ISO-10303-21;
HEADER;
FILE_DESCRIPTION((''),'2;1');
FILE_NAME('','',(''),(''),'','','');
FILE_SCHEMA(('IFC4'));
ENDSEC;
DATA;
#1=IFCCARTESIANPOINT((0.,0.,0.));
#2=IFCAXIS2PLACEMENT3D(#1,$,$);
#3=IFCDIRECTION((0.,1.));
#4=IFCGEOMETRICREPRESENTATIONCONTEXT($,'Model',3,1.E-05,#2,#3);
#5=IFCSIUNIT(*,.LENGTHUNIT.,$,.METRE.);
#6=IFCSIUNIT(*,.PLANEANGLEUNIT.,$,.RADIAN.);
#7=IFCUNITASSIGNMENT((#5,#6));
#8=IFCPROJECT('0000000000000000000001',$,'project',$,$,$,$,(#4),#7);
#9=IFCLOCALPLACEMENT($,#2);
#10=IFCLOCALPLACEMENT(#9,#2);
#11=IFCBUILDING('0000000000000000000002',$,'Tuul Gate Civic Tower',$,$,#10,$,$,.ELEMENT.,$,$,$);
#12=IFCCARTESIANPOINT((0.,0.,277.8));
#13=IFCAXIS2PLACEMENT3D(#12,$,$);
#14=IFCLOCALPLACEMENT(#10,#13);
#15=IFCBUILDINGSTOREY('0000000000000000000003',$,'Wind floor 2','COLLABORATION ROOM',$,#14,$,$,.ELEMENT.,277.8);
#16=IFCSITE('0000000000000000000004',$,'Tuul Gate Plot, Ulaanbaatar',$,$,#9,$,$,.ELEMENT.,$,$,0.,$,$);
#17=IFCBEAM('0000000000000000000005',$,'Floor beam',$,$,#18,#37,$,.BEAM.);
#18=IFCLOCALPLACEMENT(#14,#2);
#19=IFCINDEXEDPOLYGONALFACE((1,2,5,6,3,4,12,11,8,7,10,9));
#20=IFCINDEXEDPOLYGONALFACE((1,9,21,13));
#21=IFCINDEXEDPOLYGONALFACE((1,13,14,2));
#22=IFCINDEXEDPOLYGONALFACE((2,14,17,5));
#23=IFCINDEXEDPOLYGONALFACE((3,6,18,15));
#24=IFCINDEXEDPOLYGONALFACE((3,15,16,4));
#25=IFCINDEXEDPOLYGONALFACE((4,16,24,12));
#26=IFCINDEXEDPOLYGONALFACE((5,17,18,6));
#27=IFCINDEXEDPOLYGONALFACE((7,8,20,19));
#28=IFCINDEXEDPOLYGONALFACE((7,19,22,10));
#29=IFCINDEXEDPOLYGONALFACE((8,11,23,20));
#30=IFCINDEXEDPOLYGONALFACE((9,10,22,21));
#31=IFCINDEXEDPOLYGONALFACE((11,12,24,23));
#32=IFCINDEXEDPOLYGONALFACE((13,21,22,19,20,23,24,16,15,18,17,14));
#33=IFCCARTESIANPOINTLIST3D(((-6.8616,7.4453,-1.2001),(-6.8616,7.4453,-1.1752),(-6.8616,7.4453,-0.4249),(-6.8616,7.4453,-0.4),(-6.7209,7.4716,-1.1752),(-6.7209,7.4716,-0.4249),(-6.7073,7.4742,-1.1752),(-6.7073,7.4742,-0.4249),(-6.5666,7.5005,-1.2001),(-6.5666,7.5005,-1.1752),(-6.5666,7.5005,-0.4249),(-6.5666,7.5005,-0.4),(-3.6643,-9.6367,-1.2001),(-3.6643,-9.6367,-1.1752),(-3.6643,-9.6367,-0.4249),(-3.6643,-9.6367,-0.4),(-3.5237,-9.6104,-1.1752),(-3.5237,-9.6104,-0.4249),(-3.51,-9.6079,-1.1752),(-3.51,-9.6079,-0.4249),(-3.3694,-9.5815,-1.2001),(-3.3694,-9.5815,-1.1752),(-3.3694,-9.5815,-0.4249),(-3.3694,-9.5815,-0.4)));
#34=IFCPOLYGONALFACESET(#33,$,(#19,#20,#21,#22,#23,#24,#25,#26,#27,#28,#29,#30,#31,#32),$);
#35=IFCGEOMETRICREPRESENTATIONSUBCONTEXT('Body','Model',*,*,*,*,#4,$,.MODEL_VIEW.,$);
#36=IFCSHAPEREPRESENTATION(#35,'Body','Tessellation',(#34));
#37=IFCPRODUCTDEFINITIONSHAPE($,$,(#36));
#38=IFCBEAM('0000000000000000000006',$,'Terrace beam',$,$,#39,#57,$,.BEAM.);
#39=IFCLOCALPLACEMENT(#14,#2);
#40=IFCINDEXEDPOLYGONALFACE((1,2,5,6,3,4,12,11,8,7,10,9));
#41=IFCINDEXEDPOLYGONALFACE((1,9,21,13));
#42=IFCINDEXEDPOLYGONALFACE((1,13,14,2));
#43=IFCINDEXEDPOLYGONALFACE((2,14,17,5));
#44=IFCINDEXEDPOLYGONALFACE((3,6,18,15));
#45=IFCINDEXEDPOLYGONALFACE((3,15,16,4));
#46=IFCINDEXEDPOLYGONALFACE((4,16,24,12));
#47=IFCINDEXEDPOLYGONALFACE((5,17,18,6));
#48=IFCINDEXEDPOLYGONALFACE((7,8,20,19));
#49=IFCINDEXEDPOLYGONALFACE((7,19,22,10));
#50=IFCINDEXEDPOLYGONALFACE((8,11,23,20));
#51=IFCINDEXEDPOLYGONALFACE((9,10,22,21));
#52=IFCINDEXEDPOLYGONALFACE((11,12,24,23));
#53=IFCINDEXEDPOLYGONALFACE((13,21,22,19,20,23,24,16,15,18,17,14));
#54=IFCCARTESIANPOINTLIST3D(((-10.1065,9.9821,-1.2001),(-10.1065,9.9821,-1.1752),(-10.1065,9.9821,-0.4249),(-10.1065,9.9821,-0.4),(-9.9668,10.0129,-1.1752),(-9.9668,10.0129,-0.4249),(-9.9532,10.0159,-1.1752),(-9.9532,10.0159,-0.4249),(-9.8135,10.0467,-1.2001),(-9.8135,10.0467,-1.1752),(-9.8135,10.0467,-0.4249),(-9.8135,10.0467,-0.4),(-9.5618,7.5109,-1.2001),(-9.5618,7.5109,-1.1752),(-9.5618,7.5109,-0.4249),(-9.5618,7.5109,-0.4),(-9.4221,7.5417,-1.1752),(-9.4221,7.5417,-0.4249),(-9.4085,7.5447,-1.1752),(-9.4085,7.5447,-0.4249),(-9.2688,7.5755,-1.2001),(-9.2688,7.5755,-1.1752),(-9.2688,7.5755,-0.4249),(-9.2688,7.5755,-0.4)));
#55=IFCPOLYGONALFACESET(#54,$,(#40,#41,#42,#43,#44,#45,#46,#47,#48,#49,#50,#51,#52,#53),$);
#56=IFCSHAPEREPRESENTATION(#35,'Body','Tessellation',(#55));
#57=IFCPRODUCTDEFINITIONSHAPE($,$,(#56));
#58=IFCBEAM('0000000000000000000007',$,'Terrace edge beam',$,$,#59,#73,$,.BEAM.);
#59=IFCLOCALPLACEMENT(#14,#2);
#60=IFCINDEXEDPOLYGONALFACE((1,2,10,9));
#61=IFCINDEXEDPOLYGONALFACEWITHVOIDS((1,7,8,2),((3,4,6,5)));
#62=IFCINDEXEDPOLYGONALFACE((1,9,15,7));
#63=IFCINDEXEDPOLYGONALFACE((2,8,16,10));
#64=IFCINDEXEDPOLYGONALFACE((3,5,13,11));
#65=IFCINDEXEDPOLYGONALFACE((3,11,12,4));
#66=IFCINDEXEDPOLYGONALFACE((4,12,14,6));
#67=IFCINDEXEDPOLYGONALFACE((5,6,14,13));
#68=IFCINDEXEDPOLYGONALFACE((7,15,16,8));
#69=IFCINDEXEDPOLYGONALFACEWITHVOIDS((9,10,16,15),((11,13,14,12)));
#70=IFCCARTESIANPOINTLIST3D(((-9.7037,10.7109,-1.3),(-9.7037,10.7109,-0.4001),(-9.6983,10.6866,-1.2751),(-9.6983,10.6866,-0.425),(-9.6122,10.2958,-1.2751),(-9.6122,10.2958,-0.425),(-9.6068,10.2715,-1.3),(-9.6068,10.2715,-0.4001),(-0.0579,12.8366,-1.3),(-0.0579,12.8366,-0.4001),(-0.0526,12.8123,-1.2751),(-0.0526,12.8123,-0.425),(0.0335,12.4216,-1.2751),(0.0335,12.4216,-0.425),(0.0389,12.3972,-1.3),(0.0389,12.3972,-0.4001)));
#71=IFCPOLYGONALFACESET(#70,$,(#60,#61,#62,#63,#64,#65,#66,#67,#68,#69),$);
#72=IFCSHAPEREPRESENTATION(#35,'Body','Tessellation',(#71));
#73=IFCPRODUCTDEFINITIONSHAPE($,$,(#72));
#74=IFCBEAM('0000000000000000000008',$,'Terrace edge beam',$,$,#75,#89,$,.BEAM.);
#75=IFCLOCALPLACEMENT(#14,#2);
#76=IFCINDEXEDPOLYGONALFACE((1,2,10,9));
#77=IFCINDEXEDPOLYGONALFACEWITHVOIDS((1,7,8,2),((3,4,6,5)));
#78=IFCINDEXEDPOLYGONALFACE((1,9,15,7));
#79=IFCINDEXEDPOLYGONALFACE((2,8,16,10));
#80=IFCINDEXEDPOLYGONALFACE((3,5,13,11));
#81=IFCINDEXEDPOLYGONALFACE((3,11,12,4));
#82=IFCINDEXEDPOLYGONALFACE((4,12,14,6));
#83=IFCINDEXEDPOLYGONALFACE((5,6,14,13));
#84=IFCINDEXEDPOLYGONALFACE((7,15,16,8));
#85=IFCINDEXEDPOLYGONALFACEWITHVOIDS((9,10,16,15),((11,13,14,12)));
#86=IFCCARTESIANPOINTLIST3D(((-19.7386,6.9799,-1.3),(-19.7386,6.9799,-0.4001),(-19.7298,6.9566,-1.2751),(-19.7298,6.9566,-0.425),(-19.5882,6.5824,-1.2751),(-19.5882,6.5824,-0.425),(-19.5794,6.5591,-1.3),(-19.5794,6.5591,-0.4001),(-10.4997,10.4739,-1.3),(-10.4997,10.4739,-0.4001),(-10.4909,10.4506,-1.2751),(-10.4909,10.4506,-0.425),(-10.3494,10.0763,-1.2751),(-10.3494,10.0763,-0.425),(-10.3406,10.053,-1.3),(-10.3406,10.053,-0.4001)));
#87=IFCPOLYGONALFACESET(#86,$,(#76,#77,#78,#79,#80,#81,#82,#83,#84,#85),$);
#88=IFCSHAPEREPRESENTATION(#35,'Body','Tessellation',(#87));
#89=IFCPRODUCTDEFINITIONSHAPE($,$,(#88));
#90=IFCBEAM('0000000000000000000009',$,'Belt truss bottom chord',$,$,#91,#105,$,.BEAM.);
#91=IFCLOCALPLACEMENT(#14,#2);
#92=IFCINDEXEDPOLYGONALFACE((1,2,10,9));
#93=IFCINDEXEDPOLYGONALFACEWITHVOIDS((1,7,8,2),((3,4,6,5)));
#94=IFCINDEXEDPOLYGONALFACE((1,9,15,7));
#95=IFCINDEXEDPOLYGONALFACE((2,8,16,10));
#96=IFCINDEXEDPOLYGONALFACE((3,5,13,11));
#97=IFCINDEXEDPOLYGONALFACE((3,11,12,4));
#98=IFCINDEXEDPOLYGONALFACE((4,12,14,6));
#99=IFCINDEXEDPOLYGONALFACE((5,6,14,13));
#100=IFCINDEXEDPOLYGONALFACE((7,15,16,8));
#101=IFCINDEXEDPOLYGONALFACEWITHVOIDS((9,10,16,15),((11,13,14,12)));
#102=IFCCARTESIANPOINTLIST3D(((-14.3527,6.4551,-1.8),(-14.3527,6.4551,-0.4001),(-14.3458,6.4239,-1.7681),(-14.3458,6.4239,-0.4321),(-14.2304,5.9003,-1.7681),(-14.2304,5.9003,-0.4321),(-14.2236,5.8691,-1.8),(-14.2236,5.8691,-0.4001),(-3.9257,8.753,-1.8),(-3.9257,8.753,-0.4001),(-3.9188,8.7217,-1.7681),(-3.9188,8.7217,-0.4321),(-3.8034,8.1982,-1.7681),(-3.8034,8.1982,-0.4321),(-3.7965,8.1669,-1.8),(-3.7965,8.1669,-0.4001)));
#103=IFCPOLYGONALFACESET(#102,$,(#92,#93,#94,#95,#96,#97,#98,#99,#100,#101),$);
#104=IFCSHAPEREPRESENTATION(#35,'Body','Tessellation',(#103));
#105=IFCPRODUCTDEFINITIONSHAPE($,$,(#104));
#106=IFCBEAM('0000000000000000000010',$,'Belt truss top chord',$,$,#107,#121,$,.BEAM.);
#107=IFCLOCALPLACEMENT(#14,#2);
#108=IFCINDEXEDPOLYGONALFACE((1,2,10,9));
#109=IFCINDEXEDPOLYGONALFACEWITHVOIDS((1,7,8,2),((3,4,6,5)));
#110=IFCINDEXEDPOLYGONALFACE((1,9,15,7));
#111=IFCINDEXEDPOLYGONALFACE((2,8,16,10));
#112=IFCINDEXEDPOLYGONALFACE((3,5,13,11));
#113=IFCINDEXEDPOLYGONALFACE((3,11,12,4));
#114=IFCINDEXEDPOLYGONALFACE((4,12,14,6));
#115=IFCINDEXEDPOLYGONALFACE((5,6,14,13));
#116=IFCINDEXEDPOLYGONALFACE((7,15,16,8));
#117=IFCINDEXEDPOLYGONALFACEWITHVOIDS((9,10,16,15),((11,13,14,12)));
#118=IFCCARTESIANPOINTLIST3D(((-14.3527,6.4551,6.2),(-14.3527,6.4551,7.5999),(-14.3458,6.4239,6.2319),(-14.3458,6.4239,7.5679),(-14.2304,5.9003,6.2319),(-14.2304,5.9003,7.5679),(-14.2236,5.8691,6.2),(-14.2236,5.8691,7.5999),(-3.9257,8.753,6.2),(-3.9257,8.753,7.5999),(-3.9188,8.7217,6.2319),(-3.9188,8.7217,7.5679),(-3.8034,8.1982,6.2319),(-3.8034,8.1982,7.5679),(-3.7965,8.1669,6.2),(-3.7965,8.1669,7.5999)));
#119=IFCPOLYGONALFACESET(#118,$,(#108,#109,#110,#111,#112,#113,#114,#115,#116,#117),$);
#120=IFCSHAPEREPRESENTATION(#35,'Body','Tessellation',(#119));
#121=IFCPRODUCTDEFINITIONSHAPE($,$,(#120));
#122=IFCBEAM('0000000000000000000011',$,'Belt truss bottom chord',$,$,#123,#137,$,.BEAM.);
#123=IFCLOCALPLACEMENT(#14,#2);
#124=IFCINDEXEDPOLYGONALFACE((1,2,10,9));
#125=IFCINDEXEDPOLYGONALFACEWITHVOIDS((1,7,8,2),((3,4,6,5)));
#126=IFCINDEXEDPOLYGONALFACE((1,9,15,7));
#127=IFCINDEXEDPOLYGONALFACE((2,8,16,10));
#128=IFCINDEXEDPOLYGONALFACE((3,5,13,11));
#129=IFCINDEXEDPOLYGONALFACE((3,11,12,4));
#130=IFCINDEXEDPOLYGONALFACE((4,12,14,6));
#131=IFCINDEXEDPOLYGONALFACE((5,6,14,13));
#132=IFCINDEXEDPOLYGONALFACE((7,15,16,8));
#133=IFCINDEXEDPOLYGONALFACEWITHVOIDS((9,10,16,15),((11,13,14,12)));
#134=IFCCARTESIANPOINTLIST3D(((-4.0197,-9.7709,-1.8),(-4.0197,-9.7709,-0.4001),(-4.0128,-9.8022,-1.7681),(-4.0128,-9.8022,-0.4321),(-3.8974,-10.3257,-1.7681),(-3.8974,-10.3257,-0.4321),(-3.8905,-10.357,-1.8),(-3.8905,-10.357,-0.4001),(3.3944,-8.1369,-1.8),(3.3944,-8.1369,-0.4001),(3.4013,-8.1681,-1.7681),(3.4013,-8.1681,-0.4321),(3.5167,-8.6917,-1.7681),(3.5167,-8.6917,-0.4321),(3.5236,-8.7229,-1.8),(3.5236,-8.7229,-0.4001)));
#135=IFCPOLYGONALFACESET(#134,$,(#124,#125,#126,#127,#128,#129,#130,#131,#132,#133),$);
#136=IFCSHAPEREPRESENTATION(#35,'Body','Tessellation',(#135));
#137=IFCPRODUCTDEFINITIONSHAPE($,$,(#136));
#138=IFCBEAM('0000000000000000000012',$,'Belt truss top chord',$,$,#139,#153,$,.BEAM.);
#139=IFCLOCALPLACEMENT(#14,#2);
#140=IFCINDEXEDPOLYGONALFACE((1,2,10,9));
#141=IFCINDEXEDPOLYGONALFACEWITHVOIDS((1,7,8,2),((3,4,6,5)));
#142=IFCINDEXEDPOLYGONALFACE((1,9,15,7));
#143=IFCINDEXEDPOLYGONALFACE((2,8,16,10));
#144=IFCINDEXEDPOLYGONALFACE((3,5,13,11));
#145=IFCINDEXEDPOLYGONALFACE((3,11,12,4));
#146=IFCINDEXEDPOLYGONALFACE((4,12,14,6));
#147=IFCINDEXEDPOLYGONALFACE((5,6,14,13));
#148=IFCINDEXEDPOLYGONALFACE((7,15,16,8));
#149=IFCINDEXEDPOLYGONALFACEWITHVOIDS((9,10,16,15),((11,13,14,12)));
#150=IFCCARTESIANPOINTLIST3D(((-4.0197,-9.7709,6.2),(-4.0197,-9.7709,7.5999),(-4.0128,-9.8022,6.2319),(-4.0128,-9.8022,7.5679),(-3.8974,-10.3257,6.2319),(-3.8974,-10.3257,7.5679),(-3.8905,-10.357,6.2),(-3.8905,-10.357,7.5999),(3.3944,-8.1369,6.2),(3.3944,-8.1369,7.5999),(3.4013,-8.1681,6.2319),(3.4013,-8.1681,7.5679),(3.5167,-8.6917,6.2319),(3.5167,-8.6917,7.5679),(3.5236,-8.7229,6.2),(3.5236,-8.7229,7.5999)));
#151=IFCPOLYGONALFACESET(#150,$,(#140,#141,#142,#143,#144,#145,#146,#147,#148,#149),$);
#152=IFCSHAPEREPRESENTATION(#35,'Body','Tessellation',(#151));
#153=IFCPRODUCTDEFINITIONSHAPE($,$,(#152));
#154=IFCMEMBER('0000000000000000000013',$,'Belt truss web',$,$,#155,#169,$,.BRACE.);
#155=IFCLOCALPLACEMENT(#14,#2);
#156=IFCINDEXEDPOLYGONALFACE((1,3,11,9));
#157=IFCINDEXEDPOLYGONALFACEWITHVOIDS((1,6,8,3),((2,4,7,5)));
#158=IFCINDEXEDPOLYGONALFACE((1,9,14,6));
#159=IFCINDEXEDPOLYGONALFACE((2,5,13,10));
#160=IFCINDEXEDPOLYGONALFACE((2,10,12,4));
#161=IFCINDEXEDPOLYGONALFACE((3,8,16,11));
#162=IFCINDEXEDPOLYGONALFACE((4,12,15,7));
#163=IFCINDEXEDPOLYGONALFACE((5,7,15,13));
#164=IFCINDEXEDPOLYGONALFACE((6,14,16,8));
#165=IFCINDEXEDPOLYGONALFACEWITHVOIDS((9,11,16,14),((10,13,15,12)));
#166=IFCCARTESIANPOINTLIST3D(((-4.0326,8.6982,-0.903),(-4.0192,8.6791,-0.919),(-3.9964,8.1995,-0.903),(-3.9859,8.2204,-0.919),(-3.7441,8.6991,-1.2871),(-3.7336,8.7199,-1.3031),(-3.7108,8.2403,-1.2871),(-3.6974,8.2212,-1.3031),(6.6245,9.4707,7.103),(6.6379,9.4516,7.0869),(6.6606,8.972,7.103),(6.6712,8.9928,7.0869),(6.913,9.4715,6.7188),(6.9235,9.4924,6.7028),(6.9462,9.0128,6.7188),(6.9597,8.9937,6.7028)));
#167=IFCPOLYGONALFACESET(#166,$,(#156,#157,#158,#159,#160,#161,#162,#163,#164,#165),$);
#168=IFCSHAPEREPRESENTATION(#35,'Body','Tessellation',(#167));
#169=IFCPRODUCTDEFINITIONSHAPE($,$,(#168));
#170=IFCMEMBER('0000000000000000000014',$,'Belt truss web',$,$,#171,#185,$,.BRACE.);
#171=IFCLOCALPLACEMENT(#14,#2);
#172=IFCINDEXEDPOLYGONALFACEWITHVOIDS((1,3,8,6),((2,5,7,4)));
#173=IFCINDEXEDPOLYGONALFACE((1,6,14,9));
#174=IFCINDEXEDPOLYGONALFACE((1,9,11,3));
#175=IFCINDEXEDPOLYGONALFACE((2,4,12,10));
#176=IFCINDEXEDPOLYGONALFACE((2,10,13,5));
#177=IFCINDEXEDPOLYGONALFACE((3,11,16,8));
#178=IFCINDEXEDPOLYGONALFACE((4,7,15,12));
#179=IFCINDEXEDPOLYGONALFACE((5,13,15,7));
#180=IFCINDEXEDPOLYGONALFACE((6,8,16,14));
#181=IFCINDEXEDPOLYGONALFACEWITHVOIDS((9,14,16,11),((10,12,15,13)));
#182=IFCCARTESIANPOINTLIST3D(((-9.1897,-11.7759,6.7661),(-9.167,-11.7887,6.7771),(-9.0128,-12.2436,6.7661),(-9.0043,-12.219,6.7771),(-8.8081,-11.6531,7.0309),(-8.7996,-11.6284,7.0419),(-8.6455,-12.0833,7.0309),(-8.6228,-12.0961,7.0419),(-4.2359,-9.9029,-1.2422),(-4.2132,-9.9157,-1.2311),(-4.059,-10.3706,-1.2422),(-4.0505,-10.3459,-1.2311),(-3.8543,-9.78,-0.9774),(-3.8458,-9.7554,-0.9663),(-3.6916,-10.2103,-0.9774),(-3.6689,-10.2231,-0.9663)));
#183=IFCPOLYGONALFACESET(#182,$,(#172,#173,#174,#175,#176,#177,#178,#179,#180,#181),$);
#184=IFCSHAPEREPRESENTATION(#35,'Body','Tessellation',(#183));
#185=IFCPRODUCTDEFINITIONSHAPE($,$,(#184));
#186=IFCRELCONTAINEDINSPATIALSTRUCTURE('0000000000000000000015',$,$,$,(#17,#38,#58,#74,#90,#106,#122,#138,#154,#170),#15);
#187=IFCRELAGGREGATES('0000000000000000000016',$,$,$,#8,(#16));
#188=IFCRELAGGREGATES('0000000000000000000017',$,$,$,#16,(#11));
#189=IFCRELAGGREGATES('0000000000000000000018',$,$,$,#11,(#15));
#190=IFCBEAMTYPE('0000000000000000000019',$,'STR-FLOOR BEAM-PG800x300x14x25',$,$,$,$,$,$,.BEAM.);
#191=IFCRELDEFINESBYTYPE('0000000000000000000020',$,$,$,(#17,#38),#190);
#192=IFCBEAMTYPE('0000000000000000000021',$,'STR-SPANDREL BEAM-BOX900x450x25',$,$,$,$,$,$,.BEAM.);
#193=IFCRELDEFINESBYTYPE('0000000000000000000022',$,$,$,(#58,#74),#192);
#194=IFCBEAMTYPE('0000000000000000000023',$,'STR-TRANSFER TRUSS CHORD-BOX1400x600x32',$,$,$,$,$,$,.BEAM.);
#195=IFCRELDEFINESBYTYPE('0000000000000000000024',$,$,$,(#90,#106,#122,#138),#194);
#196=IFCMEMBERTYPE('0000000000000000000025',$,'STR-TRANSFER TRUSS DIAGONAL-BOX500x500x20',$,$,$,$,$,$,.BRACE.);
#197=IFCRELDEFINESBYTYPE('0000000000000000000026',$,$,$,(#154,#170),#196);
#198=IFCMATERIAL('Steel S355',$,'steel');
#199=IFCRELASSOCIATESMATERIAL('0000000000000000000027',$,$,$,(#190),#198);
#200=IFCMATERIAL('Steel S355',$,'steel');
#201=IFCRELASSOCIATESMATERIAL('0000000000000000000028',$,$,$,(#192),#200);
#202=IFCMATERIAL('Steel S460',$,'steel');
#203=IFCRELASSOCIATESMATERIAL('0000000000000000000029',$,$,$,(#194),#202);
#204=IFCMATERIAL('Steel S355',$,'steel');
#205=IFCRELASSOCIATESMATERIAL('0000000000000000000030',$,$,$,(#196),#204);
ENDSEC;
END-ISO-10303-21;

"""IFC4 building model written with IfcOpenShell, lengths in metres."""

from ifc_helpers import new_model, si_unit, direction, frame, origin, origin_2d, place, context, subcontext, project, spatial, hollow_rectangle, i_section, extrude, material, material_profile, profile_set, type_object, element, save


model = new_model("IFC4")

# Units and contexts
model_context = context("Model", 3, precision=1e-05, world=origin(), true_north=direction((0.0, 1.0)))
body_context = subcontext(model_context, "Body", "Model", "MODEL_VIEW")
ifc_project = project(units=[si_unit("LENGTHUNIT", "METRE"), si_unit("PLANEANGLEUNIT", "RADIAN")], contexts=[model_context])

# Site, building, storey
site_placement = place(None, origin())
site = spatial("IfcSite", under=ifc_project, at=site_placement, Name="Tuul Gate Plot, Ulaanbaatar", CompositionType="ELEMENT", RefElevation=0.0)
building_placement = place(site_placement, origin())
building = spatial("IfcBuilding", under=site, at=building_placement, Name="Tuul Gate Civic Tower", CompositionType="ELEMENT")
storey_placement = place(building_placement, frame((0.0, 0.0, 277.8)))
storey = spatial("IfcBuildingStorey", under=building, at=storey_placement, Name="Wind floor 2", Description="COLLABORATION ROOM", CompositionType="ELEMENT", Elevation=277.8)

# Beams
ifc_material_1 = material(Name="Steel S355", Category="steel")
ifc_material_profile_1 = material_profile(ifc_material_1, i_section(OverallWidth=0.3, OverallDepth=0.8, WebThickness=0.0139, FlangeThickness=0.0249, at=origin_2d()), Name="PG800x300x14x25")
ifc_profile_set_1 = profile_set([ifc_material_profile_1], Name="Steel S355")
beam_type_1 = type_object("IfcBeamType", Name="STR-FLOOR BEAM-PG800x300x14x25", PredefinedType="BEAM", material=ifc_profile_set_1)
beam_1_placement = place(storey_placement, frame((-3.5168, -9.6091, -0.8), z_axis=(-0.183976, 0.982931, 0.0), x_axis=(-0.982931, -0.183976, 0.0)))
element("IfcBeam", 1, at=beam_1_placement, inside=storey, type_object=beam_type_1, Name="Floor beam", PredefinedType="BEAM", context=body_context, shape_type="SweptSolid", body=[
    extrude(i_section(OverallWidth=0.3, OverallDepth=0.8, WebThickness=0.0139, FlangeThickness=0.0249, at=origin_2d()), origin(), (0.0, 0.0, 1.0), 17.3787),
])
beam_2_placement = place(storey_placement, frame((-9.96, 10.0144, -0.8), z_axis=(0.215245, -0.97656, 0.0), x_axis=(0.97656, 0.215245, 0.0)))
element("IfcBeam", 2, at=beam_2_placement, inside=storey, type_object=beam_type_1, Name="Terrace beam", PredefinedType="BEAM", context=body_context, shape_type="SweptSolid", body=[
    extrude(i_section(OverallWidth=0.3, OverallDepth=0.8, WebThickness=0.0139, FlangeThickness=0.0249, at=origin_2d()), origin(), (0.0, 0.0, 1.0), 2.5305),
])
ifc_material_2 = material(Name="Steel S355", Category="steel")
ifc_material_profile_2 = material_profile(ifc_material_2, hollow_rectangle(XDim=0.45, YDim=0.8999, WallThickness=0.0249, at=origin_2d()), Name="BOX900x450x25")
ifc_profile_set_2 = profile_set([ifc_material_profile_2], Name="Steel S355")
beam_type_2 = type_object("IfcBeamType", Name="STR-SPANDREL BEAM-BOX900x450x25", PredefinedType="BEAM", material=ifc_profile_set_2)
beam_3_placement = place(storey_placement, frame((-0.0095, 12.6169, -0.8501), z_axis=(-0.976566, -0.215216, 0.0), x_axis=(0.215216, -0.976566, 0.0)))
element("IfcBeam", 3, at=beam_3_placement, inside=storey, type_object=beam_type_2, Name="Terrace edge beam", PredefinedType="BEAM", context=body_context, shape_type="SweptSolid", body=[
    extrude(hollow_rectangle(XDim=0.45, YDim=0.8999, WallThickness=0.0249, at=origin_2d()), origin(), (0.0, 0.0, 1.0), 9.8772),
])
beam_4_placement = place(storey_placement, frame((-10.4202, 10.2634, -0.8501), z_axis=(-0.935348, -0.353728, 0.0), x_axis=(0.353728, -0.935348, 0.0)))
element("IfcBeam", 4, at=beam_4_placement, inside=storey, type_object=beam_type_2, Name="Terrace edge beam", PredefinedType="BEAM", context=body_context, shape_type="SweptSolid", body=[
    extrude(hollow_rectangle(XDim=0.45, YDim=0.8999, WallThickness=0.0249, at=origin_2d()), origin(), (0.0, 0.0, 1.0), 9.8774),
])
ifc_material_3 = material(Name="Steel S460", Category="steel")
ifc_material_profile_3 = material_profile(ifc_material_3, hollow_rectangle(XDim=0.6001, YDim=1.3999, WallThickness=0.032, at=origin_2d()), Name="BOX1400x600x32")
ifc_profile_set_3 = profile_set([ifc_material_profile_3], Name="Steel S460")
beam_type_3 = type_object("IfcBeamType", Name="STR-TRANSFER TRUSS CHORD-BOX1400x600x32", PredefinedType="BEAM", material=ifc_profile_set_3)
for number, where, z_axis, x_axis, name in (
    (5, (-3.8611, 8.46, -1.1001), (-0.976568, -0.215211, 0.0), (0.215211, -0.976568, 0.0), "Belt truss bottom chord"),
    (6, (-3.8611, 8.46, 6.8999), (-0.976568, -0.215211, 0.0), (0.215211, -0.976568, 0.0), "Belt truss top chord"),
):
    element("IfcBeam", number, at=place(storey_placement, frame(where, z_axis=z_axis, x_axis=x_axis)), inside=storey, type_object=beam_type_3, Name=name, PredefinedType="BEAM", context=body_context, shape_type="SweptSolid", body=[
        extrude(hollow_rectangle(XDim=0.6001, YDim=1.3999, WallThickness=0.032, at=origin_2d()), origin(), (0.0, 0.0, 1.0), 10.6772),
    ])
for number, where, z_axis, x_axis, name in (
    (7, (-3.9551, -10.064, -1.1001), (0.976563, 0.215231, 0.0), (-0.215231, 0.976563, 0.0), "Belt truss bottom chord"),
    (8, (-3.9551, -10.064, 6.8999), (0.976563, 0.215231, 0.0), (-0.215231, 0.976563, 0.0), "Belt truss top chord"),
):
    element("IfcBeam", number, at=place(storey_placement, frame(where, z_axis=z_axis, x_axis=x_axis)), inside=storey, type_object=beam_type_3, Name=name, PredefinedType="BEAM", context=body_context, shape_type="SweptSolid", body=[
        extrude(hollow_rectangle(XDim=0.6001, YDim=1.3999, WallThickness=0.032, at=origin_2d()), origin(), (0.0, 0.0, 1.0), 7.592),
    ])

# Members
ifc_material_4 = material(Name="Steel S355", Category="steel")
ifc_material_profile_4 = material_profile(ifc_material_4, hollow_rectangle(XDim=0.5, YDim=0.5, WallThickness=0.02, at=origin_2d()), Name="BOX500x500x20")
ifc_profile_set_4 = profile_set([ifc_material_profile_4], Name="Steel S355")
member_type_1 = type_object("IfcMemberType", Name="STR-TRANSFER TRUSS DIAGONAL-BOX500x500x20", PredefinedType="BRACE", material=ifc_profile_set_4)
member_1_placement = place(storey_placement, frame((-3.865, 8.4597, -1.103), z_axis=(0.798188, 0.057856, 0.599624), x_axis=(-0.072294, 0.997383, 0.0)))
element("IfcMember", 9, at=member_1_placement, inside=storey, type_object=member_type_1, Name="Belt truss web", PredefinedType="BRACE", context=body_context, shape_type="SweptSolid", body=[
    extrude(hollow_rectangle(XDim=0.5, YDim=0.5, WallThickness=0.02, at=origin_2d()), origin(), (0.0, 0.0, 1.0), 13.3516),
])
member_2_placement = place(storey_placement, frame((-3.9524, -10.063, -1.1042), z_axis=(-0.515966, -0.195086, 0.834099), x_axis=(0.353663, -0.935373, 0.0)))
element("IfcMember", 10, at=member_2_placement, inside=storey, type_object=member_type_1, Name="Belt truss web", PredefinedType="BRACE", context=body_context, shape_type="SweptSolid", body=[
    extrude(hollow_rectangle(XDim=0.5, YDim=0.5, WallThickness=0.02, at=origin_2d()), origin(), (0.0, 0.0, 1.0), 9.6011),
])

save(model, "model.ifc")
